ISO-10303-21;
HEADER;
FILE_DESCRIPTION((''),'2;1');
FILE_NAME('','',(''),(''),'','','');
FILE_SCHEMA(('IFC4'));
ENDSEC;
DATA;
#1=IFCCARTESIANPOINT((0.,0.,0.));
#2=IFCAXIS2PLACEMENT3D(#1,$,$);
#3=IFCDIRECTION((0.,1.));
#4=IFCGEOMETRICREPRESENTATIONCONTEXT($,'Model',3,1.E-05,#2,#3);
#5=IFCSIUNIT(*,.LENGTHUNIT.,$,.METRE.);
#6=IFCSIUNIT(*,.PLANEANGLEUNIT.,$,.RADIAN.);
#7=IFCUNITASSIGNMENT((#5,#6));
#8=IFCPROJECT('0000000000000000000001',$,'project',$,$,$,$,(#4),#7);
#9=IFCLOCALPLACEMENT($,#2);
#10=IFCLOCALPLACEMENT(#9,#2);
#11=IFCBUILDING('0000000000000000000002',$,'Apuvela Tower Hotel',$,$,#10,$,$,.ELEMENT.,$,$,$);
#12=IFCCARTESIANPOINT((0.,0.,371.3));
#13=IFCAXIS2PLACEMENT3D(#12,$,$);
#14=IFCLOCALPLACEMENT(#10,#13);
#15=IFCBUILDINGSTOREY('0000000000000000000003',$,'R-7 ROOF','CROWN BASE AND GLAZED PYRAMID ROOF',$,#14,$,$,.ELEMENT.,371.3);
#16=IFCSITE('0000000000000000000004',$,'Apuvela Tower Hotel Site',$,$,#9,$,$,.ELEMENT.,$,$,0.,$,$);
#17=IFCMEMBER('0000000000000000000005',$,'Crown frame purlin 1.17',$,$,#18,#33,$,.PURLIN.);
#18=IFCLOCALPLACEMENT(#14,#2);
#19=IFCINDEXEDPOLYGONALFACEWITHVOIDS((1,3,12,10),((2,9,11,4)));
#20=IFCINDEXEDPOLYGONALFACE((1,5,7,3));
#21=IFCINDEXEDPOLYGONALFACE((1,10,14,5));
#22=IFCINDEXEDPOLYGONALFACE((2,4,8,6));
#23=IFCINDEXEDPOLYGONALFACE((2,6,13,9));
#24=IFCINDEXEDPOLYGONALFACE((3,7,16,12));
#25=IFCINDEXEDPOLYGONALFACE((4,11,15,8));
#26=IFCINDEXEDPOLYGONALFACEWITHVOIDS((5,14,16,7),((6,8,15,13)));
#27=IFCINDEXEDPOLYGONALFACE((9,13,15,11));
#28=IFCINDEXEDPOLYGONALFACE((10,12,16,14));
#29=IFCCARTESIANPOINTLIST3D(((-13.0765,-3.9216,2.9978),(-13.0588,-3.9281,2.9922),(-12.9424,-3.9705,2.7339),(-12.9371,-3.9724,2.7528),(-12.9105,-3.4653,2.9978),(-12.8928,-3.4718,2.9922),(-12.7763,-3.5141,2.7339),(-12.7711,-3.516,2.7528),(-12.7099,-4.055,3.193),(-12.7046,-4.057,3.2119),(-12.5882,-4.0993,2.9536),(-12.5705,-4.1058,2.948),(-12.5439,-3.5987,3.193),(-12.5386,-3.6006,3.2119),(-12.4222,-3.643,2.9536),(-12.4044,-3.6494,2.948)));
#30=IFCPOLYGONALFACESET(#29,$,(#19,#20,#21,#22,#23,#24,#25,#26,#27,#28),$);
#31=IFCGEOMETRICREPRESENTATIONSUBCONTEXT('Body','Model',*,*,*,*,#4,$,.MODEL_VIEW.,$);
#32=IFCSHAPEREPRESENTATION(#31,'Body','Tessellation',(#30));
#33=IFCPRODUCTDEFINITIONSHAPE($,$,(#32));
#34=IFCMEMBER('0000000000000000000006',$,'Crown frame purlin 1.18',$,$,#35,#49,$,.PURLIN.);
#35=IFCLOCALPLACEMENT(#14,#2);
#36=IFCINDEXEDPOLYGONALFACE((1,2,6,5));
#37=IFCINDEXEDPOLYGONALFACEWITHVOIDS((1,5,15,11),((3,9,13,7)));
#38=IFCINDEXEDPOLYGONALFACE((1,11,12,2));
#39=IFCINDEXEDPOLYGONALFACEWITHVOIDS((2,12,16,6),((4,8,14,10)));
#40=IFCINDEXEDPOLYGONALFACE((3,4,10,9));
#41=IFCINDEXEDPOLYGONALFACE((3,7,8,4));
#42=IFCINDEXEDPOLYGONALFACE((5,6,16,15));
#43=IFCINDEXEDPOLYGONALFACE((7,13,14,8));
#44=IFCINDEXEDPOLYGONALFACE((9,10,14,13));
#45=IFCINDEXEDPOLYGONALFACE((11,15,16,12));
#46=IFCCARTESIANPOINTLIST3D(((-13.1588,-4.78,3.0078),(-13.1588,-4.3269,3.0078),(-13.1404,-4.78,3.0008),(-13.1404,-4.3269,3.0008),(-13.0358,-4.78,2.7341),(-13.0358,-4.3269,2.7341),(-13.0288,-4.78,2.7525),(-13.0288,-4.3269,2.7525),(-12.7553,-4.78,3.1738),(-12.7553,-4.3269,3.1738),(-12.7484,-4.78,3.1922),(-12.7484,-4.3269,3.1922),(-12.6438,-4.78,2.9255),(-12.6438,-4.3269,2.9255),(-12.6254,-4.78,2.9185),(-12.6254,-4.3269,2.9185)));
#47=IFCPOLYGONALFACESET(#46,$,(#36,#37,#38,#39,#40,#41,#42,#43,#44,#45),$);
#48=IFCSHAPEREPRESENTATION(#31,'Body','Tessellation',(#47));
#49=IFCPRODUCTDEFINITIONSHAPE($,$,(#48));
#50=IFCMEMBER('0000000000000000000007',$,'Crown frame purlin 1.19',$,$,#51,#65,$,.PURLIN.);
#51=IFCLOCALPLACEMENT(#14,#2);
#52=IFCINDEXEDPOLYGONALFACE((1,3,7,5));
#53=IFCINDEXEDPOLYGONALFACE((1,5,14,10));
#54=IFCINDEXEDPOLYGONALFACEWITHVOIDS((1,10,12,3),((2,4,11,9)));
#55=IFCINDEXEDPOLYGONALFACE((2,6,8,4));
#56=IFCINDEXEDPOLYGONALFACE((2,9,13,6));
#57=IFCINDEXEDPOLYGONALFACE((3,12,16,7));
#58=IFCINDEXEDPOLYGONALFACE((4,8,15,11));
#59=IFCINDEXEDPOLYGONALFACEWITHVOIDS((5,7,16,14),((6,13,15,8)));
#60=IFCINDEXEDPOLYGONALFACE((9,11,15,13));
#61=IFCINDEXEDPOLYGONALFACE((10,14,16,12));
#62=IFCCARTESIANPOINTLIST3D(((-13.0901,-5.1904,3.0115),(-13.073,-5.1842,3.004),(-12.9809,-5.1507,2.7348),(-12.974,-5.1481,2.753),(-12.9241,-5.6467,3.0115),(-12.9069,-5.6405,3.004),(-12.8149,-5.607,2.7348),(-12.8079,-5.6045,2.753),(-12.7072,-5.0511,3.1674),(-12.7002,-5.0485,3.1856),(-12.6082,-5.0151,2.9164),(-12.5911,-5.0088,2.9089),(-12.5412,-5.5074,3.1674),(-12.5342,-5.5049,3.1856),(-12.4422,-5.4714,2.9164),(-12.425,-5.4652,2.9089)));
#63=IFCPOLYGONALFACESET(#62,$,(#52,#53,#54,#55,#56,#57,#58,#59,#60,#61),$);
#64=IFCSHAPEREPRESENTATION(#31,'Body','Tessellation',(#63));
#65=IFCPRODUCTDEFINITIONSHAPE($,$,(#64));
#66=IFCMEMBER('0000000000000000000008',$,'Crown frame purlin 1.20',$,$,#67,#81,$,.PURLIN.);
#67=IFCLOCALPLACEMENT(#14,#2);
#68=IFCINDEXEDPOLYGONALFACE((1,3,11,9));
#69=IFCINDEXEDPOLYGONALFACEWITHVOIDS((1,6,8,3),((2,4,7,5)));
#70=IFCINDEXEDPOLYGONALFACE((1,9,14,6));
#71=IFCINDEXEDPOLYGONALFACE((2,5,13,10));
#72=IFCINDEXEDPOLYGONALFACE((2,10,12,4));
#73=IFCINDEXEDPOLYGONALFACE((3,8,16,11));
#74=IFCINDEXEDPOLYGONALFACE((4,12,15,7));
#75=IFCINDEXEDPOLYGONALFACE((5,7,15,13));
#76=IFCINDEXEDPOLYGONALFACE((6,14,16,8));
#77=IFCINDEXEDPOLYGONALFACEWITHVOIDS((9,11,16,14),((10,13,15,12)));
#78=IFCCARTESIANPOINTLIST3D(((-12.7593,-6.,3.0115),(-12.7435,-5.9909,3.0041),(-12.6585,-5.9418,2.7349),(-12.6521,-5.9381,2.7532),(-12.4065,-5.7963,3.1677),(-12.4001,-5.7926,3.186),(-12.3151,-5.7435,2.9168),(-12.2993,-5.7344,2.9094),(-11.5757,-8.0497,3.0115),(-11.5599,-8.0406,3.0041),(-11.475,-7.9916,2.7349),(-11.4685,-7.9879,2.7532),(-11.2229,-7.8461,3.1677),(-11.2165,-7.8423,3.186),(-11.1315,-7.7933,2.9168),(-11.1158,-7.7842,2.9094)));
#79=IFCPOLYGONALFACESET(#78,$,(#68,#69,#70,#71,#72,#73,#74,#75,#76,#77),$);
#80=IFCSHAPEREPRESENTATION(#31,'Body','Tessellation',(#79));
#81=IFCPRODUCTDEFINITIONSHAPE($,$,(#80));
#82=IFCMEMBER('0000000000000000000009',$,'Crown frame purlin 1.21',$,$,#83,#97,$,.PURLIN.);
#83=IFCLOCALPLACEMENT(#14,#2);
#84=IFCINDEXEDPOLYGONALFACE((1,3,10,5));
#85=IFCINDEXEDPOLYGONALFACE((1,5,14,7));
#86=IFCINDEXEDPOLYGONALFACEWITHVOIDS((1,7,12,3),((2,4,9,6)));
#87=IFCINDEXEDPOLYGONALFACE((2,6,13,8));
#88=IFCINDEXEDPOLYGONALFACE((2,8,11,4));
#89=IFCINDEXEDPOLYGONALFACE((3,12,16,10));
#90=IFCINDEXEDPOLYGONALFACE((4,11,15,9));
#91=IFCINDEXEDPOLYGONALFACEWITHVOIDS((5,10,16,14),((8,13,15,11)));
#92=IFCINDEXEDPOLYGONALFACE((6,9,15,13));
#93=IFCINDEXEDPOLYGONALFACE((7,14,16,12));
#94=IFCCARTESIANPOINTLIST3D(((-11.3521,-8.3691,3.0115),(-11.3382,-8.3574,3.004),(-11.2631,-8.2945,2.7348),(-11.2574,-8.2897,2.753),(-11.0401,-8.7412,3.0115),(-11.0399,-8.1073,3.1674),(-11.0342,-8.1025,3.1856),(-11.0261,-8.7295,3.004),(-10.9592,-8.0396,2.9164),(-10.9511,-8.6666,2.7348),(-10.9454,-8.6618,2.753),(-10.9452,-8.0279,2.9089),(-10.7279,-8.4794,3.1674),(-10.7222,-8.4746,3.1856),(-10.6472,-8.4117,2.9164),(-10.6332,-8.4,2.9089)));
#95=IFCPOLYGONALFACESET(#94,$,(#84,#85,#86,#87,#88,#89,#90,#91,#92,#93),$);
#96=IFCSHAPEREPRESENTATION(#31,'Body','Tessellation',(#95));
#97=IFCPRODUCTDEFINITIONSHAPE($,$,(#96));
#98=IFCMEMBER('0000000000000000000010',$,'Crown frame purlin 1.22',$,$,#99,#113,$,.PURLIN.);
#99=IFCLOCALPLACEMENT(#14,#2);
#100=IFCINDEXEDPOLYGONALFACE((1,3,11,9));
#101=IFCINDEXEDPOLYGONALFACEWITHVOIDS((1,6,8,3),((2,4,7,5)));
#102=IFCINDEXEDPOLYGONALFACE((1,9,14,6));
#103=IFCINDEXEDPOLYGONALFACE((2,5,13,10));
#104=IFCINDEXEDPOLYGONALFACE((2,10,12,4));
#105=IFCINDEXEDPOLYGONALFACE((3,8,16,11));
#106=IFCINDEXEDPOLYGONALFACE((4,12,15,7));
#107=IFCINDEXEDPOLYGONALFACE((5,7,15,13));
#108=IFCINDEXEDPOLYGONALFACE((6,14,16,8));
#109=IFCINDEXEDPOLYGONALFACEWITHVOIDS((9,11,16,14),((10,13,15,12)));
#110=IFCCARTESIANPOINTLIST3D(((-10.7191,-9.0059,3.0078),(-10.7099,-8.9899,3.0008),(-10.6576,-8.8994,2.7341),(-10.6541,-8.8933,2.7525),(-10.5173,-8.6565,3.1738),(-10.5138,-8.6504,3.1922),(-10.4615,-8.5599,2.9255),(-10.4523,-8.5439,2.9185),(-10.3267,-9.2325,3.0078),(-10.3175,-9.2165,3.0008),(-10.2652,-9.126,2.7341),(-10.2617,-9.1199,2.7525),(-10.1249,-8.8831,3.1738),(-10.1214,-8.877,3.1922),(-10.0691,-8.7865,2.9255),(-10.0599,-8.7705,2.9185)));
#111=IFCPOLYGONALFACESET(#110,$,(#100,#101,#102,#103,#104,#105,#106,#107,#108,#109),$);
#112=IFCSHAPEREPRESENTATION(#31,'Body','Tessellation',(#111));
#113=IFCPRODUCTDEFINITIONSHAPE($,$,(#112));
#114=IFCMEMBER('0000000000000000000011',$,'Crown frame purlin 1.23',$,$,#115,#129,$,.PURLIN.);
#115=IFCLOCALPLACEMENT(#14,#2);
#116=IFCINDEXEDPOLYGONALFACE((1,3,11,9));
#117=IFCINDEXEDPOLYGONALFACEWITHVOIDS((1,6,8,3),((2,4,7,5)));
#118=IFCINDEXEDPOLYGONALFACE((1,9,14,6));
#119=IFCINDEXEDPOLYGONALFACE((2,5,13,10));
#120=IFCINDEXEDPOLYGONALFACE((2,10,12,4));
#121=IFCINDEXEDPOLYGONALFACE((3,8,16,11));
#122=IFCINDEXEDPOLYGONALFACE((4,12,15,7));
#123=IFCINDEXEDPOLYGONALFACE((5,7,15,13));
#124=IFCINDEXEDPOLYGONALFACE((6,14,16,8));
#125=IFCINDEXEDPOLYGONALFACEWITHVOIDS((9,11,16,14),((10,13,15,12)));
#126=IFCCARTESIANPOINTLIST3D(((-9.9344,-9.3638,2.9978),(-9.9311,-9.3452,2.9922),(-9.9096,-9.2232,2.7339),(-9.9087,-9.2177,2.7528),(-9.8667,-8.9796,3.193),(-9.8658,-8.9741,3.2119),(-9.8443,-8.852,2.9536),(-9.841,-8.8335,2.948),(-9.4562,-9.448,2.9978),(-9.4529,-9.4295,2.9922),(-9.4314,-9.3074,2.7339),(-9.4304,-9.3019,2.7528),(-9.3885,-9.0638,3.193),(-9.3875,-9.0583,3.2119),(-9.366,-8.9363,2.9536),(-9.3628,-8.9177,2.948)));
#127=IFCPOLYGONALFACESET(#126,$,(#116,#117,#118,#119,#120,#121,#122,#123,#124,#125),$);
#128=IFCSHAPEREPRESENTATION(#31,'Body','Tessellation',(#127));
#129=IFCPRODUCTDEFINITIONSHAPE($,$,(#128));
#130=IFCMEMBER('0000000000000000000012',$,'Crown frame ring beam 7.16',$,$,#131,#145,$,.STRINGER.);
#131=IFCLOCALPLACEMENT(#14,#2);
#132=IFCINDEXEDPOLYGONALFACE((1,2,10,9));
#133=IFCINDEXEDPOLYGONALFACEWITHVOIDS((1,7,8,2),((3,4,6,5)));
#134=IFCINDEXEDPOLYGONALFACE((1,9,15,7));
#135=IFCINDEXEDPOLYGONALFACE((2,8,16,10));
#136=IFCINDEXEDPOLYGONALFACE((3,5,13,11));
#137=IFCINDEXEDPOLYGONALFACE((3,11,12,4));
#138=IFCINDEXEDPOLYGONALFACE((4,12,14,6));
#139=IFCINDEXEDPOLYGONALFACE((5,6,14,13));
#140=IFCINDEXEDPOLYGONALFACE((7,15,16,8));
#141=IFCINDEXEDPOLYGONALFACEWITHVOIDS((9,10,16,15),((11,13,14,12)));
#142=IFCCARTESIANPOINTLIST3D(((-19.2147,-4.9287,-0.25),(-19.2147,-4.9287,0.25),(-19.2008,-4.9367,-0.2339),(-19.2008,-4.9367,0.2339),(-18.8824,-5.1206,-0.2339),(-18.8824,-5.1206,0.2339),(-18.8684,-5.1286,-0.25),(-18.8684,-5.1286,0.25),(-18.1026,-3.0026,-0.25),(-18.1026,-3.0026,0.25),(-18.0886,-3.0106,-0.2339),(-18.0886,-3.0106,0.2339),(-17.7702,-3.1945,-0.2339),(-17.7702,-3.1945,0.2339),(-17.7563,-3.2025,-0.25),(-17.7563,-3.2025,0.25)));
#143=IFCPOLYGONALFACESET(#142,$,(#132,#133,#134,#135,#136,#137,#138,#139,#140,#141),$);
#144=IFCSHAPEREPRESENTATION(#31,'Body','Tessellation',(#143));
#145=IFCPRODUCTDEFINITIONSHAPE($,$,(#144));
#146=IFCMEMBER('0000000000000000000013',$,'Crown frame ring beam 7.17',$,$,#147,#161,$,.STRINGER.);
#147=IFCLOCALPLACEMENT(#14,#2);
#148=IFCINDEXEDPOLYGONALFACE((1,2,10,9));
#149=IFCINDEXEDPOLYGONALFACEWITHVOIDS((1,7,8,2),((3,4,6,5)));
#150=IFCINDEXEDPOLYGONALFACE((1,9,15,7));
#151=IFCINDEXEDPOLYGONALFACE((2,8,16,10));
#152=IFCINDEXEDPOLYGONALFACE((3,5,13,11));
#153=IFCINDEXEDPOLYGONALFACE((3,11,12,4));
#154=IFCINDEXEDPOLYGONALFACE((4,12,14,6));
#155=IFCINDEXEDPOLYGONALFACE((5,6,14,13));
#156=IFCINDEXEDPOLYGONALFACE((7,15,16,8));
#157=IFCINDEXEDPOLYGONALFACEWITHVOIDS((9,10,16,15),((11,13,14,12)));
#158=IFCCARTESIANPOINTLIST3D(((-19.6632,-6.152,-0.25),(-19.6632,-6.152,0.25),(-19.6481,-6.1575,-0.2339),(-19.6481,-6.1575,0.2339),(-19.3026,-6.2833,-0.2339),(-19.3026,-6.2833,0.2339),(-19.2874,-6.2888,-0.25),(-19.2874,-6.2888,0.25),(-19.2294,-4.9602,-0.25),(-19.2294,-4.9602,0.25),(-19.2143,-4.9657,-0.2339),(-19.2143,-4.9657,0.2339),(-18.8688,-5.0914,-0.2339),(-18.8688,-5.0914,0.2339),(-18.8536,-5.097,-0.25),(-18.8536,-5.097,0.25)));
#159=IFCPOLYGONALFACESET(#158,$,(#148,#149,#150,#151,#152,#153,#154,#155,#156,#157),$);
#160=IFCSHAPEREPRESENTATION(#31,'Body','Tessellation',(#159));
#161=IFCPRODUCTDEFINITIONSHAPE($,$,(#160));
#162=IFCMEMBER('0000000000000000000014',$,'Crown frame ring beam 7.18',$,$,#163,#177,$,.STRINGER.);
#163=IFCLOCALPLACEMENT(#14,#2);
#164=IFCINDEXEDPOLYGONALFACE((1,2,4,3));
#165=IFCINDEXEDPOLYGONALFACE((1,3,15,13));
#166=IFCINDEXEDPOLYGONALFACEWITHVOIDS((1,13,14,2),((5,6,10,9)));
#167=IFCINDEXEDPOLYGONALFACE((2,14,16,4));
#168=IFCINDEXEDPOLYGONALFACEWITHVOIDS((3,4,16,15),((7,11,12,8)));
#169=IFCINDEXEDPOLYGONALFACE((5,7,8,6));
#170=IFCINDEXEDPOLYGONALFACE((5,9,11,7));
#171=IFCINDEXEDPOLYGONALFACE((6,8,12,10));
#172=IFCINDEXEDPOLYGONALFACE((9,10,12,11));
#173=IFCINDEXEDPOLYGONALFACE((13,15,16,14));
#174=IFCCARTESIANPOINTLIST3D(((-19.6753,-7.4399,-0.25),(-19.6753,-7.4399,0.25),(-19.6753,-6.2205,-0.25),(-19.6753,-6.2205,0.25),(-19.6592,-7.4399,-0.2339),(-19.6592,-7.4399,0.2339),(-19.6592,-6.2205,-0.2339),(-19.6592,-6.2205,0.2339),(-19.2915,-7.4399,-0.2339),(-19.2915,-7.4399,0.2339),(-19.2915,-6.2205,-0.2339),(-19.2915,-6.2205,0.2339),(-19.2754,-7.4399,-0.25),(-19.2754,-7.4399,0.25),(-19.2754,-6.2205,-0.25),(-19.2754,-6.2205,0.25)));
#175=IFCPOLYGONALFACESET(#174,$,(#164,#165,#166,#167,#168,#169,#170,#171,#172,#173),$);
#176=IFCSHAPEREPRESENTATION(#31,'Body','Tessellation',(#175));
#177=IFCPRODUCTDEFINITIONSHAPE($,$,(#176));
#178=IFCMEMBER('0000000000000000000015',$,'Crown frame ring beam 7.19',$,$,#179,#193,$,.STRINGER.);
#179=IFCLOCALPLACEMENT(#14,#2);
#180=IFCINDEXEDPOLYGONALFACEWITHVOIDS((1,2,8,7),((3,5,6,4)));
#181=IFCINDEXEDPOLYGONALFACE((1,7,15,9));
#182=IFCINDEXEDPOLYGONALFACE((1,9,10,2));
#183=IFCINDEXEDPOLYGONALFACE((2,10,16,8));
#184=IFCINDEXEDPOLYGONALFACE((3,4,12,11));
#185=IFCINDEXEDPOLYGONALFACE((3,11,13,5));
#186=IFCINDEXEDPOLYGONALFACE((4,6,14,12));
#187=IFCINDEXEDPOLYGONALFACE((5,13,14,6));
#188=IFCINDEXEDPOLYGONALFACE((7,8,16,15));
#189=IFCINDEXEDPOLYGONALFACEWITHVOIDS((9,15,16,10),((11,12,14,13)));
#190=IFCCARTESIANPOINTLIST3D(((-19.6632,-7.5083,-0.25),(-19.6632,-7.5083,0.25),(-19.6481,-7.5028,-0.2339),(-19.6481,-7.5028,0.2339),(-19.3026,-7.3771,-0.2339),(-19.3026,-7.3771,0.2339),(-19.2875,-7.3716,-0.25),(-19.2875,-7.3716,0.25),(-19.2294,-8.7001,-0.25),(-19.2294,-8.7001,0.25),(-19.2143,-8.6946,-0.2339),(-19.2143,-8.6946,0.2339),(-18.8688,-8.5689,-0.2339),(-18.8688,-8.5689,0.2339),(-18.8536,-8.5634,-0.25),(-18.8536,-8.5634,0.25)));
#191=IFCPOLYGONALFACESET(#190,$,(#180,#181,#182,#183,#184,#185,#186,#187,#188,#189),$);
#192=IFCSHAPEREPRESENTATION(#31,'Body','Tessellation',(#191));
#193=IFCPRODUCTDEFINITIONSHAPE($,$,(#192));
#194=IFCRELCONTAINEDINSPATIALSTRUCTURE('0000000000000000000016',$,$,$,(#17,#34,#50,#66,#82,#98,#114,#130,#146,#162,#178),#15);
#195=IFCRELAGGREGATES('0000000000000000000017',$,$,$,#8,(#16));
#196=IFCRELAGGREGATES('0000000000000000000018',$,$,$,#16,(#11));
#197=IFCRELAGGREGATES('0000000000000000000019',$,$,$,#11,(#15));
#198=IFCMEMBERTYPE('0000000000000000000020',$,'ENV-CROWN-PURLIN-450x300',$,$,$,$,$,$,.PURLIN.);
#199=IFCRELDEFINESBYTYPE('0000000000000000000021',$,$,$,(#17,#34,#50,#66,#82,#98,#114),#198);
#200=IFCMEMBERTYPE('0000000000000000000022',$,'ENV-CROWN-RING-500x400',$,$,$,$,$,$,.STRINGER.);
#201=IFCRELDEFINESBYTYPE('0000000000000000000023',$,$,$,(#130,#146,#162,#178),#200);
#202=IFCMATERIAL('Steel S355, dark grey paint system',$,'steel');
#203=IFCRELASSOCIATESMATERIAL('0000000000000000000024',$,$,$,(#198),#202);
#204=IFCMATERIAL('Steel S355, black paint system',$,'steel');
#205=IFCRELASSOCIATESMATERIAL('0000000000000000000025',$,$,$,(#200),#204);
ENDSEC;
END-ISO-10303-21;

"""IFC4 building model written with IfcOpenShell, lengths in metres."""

from ifc_helpers import new_model, si_unit, direction, frame, origin, origin_2d, place, context, subcontext, project, spatial, hollow_rectangle, extrude, material, material_profile, profile_set, type_object, element, save


model = new_model("IFC4")

# Units and contexts
model_context = context("Model", 3, precision=1e-05, world=origin(), true_north=direction((0.0, 1.0)))
body_context = subcontext(model_context, "Body", "Model", "MODEL_VIEW")
ifc_project = project(units=[si_unit("LENGTHUNIT", "METRE"), si_unit("PLANEANGLEUNIT", "RADIAN")], contexts=[model_context])

# Site, building, storey
site_placement = place(None, origin())
site = spatial("IfcSite", under=ifc_project, at=site_placement, Name="Apuvela Tower Hotel Site", CompositionType="ELEMENT", RefElevation=0.0)
building_placement = place(site_placement, origin())
building = spatial("IfcBuilding", under=site, at=building_placement, Name="Apuvela Tower Hotel", CompositionType="ELEMENT")
storey_placement = place(building_placement, frame((0.0, 0.0, 371.3)))
storey = spatial("IfcBuildingStorey", under=building, at=storey_placement, Name="R-7 ROOF", Description="CROWN BASE AND GLAZED PYRAMID ROOF", CompositionType="ELEMENT", Elevation=371.3)

# Members
ifc_material_1 = material(Name="Steel S355, dark grey paint system", Category="steel")
ifc_material_profile_1 = material_profile(ifc_material_1, hollow_rectangle(XDim=0.45, YDim=0.3, WallThickness=0.0139, at=origin_2d()), Name="HSS 450x300x14")
ifc_profile_set_1 = profile_set([ifc_material_profile_1], Name="Steel S355, dark grey paint system")
member_type_1 = type_object("IfcMemberType", Name="ENV-CROWN-PURLIN-450x300", PredefinedType="PURLIN", material=ifc_profile_set_1)
member_1_placement = place(storey_placement, frame((-12.6575, -3.5574, 2.9729), z_axis=(-0.341905, -0.939735, 0.0), x_axis=(0.826527, -0.300716, 0.475839)))
element("IfcMember", 1, at=member_1_placement, inside=storey, type_object=member_type_1, Name="Crown frame purlin 1.17", PredefinedType="PURLIN", context=body_context, shape_type="SweptSolid", body=[
    extrude(hollow_rectangle(XDim=0.45, YDim=0.3, WallThickness=0.0139, at=origin_2d()), origin(), (0.0, 0.0, 1.0), 0.4856),
])
member_2_placement = place(storey_placement, frame((-12.8921, -4.3269, 2.9631), z_axis=(0.0, -1.0, 0.0), x_axis=(0.912165, 0.0, 0.409823)))
element("IfcMember", 2, at=member_2_placement, inside=storey, type_object=member_type_1, Name="Crown frame purlin 1.18", PredefinedType="PURLIN", context=body_context, shape_type="SweptSolid", body=[
    extrude(hollow_rectangle(XDim=0.45, YDim=0.3, WallThickness=0.0139, at=origin_2d()), origin(), (0.0, 0.0, 1.0), 0.4531),
])
member_3_placement = place(storey_placement, frame((-12.8406, -5.0996, 2.9602), z_axis=(0.341905, -0.939735, 0.0), x_axis=(0.866494, 0.315257, 0.387041)))
element("IfcMember", 3, at=member_3_placement, inside=storey, type_object=member_type_1, Name="Crown frame purlin 1.19", PredefinedType="PURLIN", context=body_context, shape_type="SweptSolid", body=[
    extrude(hollow_rectangle(XDim=0.45, YDim=0.3, WallThickness=0.0139, at=origin_2d()), origin(), (0.0, 0.0, 1.0), 0.4856),
])
member_4_placement = place(storey_placement, frame((-12.5293, -5.8672, 2.9604), z_axis=(0.500044, -0.866, 0.0), x_axis=(0.798281, 0.460942, 0.387659)))
element("IfcMember", 4, at=member_4_placement, inside=storey, type_object=member_type_1, Name="Crown frame purlin 1.20", PredefinedType="PURLIN", context=body_context, shape_type="SweptSolid", body=[
    extrude(hollow_rectangle(XDim=0.45, YDim=0.3, WallThickness=0.0139, at=origin_2d()), origin(), (0.0, 0.0, 1.0), 2.3669),
])
member_5_placement = place(storey_placement, frame((-11.1487, -8.1985, 2.9602), z_axis=(0.642555, -0.766239, 0.0), x_axis=(0.706521, 0.592476, 0.387041)))
element("IfcMember", 5, at=member_5_placement, inside=storey, type_object=member_type_1, Name="Crown frame purlin 1.21", PredefinedType="PURLIN", context=body_context, shape_type="SweptSolid", body=[
    extrude(hollow_rectangle(XDim=0.45, YDim=0.3, WallThickness=0.0139, at=origin_2d()), origin(), (0.0, 0.0, 1.0), 0.4856),
])
member_6_placement = place(storey_placement, frame((-10.5857, -8.7749, 2.9631), z_axis=(0.865979, -0.50008, 0.0), x_axis=(0.456156, 0.789916, 0.409823)))
element("IfcMember", 6, at=member_6_placement, inside=storey, type_object=member_type_1, Name="Crown frame purlin 1.22", PredefinedType="PURLIN", context=body_context, shape_type="SweptSolid", body=[
    extrude(hollow_rectangle(XDim=0.45, YDim=0.3, WallThickness=0.0139, at=origin_2d()), origin(), (0.0, 0.0, 1.0), 0.4531),
])
member_7_placement = place(storey_placement, frame((-9.8877, -9.0986, 2.9729), z_axis=(0.984844, -0.173441, 0.0), x_axis=(0.152547, 0.866202, 0.475839)))
element("IfcMember", 7, at=member_7_placement, inside=storey, type_object=member_type_1, Name="Crown frame purlin 1.23", PredefinedType="PURLIN", context=body_context, shape_type="SweptSolid", body=[
    extrude(hollow_rectangle(XDim=0.45, YDim=0.3, WallThickness=0.0139, at=origin_2d()), origin(), (0.0, 0.0, 1.0), 0.4856),
])
ifc_material_2 = material(Name="Steel S355, black paint system", Category="steel")
ifc_material_profile_2 = material_profile(ifc_material_2, hollow_rectangle(XDim=0.3999, YDim=0.5, WallThickness=0.0161, at=origin_2d()), Name="HSS 500x400x16")
ifc_profile_set_2 = profile_set([ifc_material_profile_2], Name="Steel S355, black paint system")
member_type_2 = type_object("IfcMemberType", Name="ENV-CROWN-RING-500x400", PredefinedType="STRINGER", material=ifc_profile_set_2)
member_8_placement = place(storey_placement, frame((-17.9294, -3.1025, 0.0), z_axis=(-0.500023, -0.866012, 0.0), x_axis=(0.866012, -0.500023, 0.0)))
element("IfcMember", 8, at=member_8_placement, inside=storey, type_object=member_type_2, Name="Crown frame ring beam 7.16", PredefinedType="STRINGER", context=body_context, shape_type="SweptSolid", body=[
    extrude(hollow_rectangle(XDim=0.3999, YDim=0.5, WallThickness=0.0161, at=origin_2d()), origin(), (0.0, 0.0, 1.0), 2.2241),
])
member_9_placement = place(storey_placement, frame((-19.0415, -5.0286, 0.0), z_axis=(-0.342037, -0.939687, 0.0), x_axis=(0.939687, -0.342037, 0.0)))
element("IfcMember", 9, at=member_9_placement, inside=storey, type_object=member_type_2, Name="Crown frame ring beam 7.17", PredefinedType="STRINGER", context=body_context, shape_type="SweptSolid", body=[
    extrude(hollow_rectangle(XDim=0.3999, YDim=0.5, WallThickness=0.0161, at=origin_2d()), origin(), (0.0, 0.0, 1.0), 1.2683),
])
member_10_placement = place(storey_placement, frame((-19.4753, -6.2205, 0.0), z_axis=(0.0, -1.0, 0.0), x_axis=(1.0, 0.0, 0.0)))
element("IfcMember", 10, at=member_10_placement, inside=storey, type_object=member_type_2, Name="Crown frame ring beam 7.18", PredefinedType="STRINGER", context=body_context, shape_type="SweptSolid", body=[
    extrude(hollow_rectangle(XDim=0.3999, YDim=0.5, WallThickness=0.0161, at=origin_2d()), origin(), (0.0, 0.0, 1.0), 1.2195),
])
member_11_placement = place(storey_placement, frame((-19.4753, -7.4399, 0.0), z_axis=(0.342037, -0.939687, 0.0), x_axis=(0.939687, 0.342037, 0.0)))
element("IfcMember", 11, at=member_11_placement, inside=storey, type_object=member_type_2, Name="Crown frame ring beam 7.19", PredefinedType="STRINGER", context=body_context, shape_type="SweptSolid", body=[
    extrude(hollow_rectangle(XDim=0.3999, YDim=0.5, WallThickness=0.0161, at=origin_2d()), origin(), (0.0, 0.0, 1.0), 1.2683),
])

save(model, "model.ifc")
